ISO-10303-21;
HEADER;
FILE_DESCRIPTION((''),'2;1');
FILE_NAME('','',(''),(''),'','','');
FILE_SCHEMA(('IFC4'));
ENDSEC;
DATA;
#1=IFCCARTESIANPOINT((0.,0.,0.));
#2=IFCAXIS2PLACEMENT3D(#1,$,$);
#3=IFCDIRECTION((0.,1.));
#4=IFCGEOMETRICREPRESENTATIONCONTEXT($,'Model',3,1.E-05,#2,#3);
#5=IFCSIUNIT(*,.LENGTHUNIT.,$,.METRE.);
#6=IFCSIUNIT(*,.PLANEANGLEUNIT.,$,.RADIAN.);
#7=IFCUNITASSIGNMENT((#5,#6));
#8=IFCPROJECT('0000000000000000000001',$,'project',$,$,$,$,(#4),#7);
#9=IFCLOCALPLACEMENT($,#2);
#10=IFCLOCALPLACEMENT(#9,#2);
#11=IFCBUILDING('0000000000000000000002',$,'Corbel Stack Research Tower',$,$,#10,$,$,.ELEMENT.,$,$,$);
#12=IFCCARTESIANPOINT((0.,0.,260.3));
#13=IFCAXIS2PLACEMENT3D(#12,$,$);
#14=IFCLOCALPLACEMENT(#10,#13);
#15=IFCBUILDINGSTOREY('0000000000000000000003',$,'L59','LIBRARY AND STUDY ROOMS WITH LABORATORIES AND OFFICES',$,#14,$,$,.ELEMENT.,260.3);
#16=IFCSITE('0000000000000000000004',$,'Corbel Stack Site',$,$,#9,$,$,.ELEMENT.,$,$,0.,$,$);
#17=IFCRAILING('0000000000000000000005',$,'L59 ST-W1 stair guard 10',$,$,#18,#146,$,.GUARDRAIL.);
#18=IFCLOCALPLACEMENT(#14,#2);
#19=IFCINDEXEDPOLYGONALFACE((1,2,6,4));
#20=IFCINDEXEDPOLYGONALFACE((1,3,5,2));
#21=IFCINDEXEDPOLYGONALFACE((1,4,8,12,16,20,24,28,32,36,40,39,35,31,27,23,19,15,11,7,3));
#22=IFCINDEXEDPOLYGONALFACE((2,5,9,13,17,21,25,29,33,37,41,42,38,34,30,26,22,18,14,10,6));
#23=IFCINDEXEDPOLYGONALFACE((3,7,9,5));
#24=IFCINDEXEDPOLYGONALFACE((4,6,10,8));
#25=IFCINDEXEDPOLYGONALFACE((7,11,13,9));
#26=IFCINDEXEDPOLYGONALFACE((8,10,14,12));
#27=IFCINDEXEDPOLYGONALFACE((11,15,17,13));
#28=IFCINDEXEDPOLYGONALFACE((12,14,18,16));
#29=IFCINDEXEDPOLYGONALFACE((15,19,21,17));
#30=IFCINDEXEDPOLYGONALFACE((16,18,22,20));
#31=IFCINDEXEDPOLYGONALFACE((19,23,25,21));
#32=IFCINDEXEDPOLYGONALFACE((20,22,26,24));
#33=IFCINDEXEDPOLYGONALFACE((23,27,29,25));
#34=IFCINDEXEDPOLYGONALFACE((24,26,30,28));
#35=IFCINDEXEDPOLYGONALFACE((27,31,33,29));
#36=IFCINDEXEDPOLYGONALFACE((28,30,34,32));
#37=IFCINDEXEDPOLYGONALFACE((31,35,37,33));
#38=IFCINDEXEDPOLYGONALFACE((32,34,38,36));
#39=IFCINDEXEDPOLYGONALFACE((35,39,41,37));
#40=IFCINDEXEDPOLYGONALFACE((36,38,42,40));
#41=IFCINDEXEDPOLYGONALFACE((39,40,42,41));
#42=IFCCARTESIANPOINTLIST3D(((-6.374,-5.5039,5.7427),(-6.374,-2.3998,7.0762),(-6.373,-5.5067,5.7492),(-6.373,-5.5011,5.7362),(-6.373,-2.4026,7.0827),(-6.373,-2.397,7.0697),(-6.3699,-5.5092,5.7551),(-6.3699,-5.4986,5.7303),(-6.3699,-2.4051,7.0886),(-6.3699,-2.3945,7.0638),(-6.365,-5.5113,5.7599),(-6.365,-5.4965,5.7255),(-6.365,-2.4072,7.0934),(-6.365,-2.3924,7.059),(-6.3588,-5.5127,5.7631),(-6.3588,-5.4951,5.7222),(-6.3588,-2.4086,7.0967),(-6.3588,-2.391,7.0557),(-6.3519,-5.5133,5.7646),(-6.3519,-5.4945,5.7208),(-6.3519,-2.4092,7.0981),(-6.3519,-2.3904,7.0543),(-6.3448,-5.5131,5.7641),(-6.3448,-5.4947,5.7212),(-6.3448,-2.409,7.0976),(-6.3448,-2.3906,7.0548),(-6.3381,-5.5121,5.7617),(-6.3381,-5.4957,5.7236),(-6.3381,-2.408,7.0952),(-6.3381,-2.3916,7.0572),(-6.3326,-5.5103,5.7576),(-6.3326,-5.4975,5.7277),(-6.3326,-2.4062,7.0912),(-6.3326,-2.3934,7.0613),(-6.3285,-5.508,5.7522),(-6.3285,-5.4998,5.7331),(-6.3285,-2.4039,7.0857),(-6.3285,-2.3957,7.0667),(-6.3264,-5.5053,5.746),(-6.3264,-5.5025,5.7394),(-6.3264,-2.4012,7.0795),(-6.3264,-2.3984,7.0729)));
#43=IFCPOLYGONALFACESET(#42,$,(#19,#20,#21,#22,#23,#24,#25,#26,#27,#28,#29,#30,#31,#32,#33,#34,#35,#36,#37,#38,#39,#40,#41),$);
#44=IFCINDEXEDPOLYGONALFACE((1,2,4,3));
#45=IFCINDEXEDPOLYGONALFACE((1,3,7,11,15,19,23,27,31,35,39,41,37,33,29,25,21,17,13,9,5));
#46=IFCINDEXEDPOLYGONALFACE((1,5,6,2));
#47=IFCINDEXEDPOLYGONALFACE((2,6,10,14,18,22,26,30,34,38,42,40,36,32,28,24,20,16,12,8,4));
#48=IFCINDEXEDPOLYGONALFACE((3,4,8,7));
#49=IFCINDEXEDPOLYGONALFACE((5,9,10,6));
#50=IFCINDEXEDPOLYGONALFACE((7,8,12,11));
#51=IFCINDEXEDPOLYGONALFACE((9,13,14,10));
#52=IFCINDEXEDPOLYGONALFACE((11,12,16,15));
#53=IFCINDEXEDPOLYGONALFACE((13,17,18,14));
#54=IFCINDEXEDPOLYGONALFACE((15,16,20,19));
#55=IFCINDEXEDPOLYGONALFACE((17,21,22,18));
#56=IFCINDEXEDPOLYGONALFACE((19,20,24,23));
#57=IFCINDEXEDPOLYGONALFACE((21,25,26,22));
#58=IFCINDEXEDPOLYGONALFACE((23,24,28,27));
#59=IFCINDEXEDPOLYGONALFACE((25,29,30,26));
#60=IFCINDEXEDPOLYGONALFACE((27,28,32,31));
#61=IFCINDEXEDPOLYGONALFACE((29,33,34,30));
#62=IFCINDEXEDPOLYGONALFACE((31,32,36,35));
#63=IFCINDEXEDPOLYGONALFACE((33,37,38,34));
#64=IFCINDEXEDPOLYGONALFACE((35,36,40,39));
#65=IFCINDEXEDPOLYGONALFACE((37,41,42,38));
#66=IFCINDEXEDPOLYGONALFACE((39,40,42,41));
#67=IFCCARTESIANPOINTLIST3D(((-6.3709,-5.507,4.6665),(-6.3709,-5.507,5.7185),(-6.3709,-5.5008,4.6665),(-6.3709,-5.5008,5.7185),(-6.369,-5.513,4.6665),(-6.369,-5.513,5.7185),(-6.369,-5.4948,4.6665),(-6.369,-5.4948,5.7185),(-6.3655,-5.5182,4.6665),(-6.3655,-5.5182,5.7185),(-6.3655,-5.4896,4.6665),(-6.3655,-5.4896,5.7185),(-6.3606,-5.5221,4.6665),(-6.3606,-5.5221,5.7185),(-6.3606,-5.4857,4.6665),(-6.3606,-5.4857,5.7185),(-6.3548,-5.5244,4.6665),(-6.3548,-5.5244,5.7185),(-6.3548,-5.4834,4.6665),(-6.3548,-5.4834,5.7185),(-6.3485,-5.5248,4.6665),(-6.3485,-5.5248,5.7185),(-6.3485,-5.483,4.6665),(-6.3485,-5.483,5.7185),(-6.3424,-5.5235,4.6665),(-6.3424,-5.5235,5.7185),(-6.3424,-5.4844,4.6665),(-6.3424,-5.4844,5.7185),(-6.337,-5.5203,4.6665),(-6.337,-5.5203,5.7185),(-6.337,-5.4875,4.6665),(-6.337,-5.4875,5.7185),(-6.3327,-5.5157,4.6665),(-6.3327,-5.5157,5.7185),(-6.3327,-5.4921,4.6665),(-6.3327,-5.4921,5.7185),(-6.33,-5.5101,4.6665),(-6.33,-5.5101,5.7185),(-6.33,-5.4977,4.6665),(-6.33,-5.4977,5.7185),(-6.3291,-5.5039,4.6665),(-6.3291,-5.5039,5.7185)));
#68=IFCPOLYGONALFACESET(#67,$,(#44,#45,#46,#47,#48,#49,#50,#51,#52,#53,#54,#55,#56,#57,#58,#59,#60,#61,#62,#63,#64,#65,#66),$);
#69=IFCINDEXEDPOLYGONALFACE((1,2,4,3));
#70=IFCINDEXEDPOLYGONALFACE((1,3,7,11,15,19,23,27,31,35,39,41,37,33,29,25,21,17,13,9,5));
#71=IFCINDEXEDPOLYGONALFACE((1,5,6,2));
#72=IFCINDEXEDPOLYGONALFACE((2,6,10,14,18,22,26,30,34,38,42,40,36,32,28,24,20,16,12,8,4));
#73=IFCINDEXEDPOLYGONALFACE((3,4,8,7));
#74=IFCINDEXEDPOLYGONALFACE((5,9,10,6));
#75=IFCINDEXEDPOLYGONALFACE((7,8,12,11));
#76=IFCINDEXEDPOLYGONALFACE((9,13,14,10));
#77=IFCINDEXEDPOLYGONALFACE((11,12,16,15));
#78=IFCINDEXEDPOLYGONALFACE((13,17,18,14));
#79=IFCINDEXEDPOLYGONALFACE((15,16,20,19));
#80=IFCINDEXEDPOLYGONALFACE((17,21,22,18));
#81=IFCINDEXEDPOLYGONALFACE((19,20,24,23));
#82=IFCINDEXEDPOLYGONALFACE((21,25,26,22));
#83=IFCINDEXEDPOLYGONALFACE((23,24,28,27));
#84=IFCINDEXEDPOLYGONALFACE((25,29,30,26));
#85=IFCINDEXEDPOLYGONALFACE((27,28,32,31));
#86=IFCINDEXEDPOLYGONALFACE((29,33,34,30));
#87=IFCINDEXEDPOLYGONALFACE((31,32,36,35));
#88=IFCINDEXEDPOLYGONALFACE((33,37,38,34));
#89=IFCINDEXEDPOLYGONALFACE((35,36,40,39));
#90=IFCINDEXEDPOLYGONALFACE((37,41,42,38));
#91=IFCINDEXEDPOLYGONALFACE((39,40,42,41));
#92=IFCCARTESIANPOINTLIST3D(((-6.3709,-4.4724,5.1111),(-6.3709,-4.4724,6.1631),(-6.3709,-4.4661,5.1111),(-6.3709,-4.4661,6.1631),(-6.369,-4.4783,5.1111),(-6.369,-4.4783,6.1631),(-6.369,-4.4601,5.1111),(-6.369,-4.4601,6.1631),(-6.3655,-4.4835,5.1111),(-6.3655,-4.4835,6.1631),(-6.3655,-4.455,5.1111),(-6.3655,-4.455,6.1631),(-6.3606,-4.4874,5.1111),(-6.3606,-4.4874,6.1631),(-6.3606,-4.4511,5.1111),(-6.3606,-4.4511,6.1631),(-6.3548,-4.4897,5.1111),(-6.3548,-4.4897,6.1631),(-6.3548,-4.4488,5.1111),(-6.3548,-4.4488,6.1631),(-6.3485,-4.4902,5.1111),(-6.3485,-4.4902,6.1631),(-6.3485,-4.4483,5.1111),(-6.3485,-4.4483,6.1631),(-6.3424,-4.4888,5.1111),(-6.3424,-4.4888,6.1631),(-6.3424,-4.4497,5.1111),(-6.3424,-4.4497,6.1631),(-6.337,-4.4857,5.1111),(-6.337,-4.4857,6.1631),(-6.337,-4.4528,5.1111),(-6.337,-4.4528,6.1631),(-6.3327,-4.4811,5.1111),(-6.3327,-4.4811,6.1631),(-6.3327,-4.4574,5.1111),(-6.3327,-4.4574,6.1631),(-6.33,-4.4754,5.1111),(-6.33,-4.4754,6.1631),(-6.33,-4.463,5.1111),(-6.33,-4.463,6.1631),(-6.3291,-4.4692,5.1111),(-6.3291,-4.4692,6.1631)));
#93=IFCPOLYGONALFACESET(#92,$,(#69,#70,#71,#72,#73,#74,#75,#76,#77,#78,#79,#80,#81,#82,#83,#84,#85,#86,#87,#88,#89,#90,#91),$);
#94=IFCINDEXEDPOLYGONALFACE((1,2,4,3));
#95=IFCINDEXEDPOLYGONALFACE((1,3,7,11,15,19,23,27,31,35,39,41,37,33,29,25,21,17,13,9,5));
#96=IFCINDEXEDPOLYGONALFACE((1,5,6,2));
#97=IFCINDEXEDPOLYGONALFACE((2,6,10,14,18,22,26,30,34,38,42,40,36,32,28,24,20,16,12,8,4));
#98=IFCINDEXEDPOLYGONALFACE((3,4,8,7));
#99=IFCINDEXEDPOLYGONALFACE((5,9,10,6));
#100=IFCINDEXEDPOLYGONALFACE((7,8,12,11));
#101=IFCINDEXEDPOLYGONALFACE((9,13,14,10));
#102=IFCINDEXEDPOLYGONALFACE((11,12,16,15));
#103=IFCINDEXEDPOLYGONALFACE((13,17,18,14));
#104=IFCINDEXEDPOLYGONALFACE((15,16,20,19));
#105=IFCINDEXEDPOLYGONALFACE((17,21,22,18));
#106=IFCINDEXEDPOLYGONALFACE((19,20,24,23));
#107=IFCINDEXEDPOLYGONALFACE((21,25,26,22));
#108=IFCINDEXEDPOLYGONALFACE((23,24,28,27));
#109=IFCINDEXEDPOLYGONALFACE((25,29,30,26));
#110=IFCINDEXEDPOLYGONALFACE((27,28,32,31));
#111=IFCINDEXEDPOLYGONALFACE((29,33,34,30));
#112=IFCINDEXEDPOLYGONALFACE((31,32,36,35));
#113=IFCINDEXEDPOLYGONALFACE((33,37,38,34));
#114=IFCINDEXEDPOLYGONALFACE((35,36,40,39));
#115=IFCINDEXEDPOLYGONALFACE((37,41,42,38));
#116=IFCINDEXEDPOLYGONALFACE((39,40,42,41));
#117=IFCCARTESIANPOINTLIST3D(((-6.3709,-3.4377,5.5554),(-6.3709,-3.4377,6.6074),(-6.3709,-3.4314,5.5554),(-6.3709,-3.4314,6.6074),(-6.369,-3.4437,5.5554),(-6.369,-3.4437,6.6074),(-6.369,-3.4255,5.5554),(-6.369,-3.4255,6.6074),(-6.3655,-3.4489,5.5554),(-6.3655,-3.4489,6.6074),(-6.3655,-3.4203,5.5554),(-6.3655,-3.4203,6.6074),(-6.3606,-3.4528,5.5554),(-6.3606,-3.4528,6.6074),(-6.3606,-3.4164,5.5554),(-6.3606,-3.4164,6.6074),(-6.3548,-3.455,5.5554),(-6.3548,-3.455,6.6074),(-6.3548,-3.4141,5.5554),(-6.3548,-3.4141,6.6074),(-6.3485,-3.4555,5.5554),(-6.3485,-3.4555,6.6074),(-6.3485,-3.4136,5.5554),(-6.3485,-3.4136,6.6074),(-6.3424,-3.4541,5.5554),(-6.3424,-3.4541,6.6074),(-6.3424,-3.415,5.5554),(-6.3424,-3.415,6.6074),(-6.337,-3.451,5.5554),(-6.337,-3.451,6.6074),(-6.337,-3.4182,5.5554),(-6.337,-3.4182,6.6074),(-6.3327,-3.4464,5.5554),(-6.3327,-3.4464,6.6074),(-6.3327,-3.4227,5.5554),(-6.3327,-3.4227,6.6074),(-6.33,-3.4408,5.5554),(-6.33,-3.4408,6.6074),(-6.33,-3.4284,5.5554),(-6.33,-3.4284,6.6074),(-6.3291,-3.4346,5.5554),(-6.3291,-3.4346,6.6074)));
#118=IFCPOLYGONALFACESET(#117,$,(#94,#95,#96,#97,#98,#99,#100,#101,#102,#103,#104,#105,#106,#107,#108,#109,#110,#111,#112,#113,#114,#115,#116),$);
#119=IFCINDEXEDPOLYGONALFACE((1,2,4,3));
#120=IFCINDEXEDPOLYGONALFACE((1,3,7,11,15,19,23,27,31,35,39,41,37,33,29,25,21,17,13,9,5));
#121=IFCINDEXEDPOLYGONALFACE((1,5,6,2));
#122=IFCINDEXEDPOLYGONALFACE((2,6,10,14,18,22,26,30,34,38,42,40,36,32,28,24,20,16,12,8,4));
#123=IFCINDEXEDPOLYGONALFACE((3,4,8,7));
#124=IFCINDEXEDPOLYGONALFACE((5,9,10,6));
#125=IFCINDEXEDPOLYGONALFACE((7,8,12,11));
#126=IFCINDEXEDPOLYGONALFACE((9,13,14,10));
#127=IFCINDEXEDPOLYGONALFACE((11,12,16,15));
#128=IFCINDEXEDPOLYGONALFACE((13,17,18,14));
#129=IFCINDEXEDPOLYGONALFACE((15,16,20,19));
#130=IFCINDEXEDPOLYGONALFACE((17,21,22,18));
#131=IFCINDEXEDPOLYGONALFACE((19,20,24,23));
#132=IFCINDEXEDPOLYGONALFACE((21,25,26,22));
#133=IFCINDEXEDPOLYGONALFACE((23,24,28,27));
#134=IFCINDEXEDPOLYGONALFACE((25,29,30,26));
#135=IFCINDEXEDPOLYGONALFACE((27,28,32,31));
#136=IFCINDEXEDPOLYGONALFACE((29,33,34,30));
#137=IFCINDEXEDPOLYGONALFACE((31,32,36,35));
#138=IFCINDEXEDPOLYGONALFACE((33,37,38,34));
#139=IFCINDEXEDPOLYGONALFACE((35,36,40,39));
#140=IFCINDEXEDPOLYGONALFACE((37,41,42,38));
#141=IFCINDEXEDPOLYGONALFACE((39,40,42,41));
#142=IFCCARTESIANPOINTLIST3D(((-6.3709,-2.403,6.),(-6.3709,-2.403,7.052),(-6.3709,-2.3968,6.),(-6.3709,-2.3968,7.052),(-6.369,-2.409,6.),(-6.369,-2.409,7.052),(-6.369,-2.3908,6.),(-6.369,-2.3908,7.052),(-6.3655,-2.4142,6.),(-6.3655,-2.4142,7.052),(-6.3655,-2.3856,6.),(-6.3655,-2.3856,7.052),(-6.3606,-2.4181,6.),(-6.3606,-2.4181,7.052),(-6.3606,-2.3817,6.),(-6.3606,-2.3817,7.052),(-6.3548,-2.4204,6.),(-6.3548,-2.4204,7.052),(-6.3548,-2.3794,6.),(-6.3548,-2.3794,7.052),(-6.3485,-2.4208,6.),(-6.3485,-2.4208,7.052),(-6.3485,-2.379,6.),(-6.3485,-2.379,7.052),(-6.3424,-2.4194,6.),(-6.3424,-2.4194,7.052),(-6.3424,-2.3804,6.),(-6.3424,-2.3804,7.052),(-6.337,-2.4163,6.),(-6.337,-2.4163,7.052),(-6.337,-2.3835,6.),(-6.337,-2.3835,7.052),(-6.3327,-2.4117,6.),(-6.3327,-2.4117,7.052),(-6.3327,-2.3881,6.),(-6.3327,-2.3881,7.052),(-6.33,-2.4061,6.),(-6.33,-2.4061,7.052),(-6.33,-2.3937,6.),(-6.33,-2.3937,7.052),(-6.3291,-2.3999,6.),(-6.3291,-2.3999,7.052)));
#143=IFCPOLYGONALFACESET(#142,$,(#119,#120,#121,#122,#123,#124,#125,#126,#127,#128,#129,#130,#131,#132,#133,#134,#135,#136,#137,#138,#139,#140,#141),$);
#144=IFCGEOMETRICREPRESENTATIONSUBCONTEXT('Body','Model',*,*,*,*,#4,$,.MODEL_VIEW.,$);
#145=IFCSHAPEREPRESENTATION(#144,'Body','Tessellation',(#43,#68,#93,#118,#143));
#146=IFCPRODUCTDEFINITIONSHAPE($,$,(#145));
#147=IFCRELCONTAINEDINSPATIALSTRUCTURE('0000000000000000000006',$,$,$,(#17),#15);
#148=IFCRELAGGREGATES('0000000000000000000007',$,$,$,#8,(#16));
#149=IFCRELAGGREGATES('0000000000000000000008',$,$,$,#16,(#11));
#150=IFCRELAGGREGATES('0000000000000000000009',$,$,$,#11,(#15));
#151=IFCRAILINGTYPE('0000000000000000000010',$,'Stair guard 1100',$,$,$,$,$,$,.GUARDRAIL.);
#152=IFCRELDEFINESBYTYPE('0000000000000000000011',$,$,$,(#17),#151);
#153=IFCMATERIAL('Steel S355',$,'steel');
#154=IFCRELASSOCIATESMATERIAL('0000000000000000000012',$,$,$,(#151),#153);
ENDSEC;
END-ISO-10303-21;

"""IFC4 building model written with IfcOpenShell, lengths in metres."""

from ifc_helpers import new_model, si_unit, direction, frame, origin, origin_2d, place, context, subcontext, project, spatial, circle, extrude, material, type_object, element, save


model = new_model("IFC4")

# Units and contexts
model_context = context("Model", 3, precision=1e-05, world=origin(), true_north=direction((0.0, 1.0)))
body_context = subcontext(model_context, "Body", "Model", "MODEL_VIEW")
ifc_project = project(units=[si_unit("LENGTHUNIT", "METRE"), si_unit("PLANEANGLEUNIT", "RADIAN")], contexts=[model_context])

# Site, building, storey
site_placement = place(None, origin())
site = spatial("IfcSite", under=ifc_project, at=site_placement, Name="Corbel Stack Site", CompositionType="ELEMENT", RefElevation=0.0)
building_placement = place(site_placement, origin())
building = spatial("IfcBuilding", under=site, at=building_placement, Name="Corbel Stack Research Tower", CompositionType="ELEMENT")
storey_placement = place(building_placement, frame((0.0, 0.0, 260.3)))
storey = spatial("IfcBuildingStorey", under=building, at=storey_placement, Name="L59", Description="LIBRARY AND STUDY ROOMS WITH LABORATORIES AND OFFICES", CompositionType="ELEMENT", Elevation=260.3)

# Railing
ifc_material_1 = material(Name="Steel S355", Category="steel")
railing_type_1 = type_object("IfcRailingType", Name="Stair guard 1100", PredefinedType="GUARDRAIL", material=ifc_material_1)
railing_placement = place(storey_placement, frame((-6.3501, -5.5039, 4.6665)))
element("IfcRailing", 1, at=railing_placement, inside=storey, type_object=railing_type_1, Name="L59 ST-W1 stair guard 10", PredefinedType="GUARDRAIL", context=body_context, shape_type="SweptSolid", body=[
    extrude(circle(Radius=0.0239, at=origin_2d()), frame((0.0, 0.0, 1.0762), z_axis=(0.0, 0.918801, 0.394722), x_axis=(-1.0, 0.0, 0.0)), (0.0, 0.0, 1.0), 3.3784),
    extrude(circle(Radius=0.021, at=origin_2d()), origin(), (0.0, 0.0, 1.0), 1.052),
    extrude(circle(Radius=0.021, at=origin_2d()), frame((0.0, 1.0347, 0.4446)), (0.0, 0.0, 1.0), 1.052),
    extrude(circle(Radius=0.021, at=origin_2d()), frame((0.0, 2.0693, 0.8889)), (0.0, 0.0, 1.0), 1.052),
    extrude(circle(Radius=0.021, at=origin_2d()), frame((0.0, 3.104, 1.3335)), (0.0, 0.0, 1.0), 1.052),
])

save(model, "model.ifc")
